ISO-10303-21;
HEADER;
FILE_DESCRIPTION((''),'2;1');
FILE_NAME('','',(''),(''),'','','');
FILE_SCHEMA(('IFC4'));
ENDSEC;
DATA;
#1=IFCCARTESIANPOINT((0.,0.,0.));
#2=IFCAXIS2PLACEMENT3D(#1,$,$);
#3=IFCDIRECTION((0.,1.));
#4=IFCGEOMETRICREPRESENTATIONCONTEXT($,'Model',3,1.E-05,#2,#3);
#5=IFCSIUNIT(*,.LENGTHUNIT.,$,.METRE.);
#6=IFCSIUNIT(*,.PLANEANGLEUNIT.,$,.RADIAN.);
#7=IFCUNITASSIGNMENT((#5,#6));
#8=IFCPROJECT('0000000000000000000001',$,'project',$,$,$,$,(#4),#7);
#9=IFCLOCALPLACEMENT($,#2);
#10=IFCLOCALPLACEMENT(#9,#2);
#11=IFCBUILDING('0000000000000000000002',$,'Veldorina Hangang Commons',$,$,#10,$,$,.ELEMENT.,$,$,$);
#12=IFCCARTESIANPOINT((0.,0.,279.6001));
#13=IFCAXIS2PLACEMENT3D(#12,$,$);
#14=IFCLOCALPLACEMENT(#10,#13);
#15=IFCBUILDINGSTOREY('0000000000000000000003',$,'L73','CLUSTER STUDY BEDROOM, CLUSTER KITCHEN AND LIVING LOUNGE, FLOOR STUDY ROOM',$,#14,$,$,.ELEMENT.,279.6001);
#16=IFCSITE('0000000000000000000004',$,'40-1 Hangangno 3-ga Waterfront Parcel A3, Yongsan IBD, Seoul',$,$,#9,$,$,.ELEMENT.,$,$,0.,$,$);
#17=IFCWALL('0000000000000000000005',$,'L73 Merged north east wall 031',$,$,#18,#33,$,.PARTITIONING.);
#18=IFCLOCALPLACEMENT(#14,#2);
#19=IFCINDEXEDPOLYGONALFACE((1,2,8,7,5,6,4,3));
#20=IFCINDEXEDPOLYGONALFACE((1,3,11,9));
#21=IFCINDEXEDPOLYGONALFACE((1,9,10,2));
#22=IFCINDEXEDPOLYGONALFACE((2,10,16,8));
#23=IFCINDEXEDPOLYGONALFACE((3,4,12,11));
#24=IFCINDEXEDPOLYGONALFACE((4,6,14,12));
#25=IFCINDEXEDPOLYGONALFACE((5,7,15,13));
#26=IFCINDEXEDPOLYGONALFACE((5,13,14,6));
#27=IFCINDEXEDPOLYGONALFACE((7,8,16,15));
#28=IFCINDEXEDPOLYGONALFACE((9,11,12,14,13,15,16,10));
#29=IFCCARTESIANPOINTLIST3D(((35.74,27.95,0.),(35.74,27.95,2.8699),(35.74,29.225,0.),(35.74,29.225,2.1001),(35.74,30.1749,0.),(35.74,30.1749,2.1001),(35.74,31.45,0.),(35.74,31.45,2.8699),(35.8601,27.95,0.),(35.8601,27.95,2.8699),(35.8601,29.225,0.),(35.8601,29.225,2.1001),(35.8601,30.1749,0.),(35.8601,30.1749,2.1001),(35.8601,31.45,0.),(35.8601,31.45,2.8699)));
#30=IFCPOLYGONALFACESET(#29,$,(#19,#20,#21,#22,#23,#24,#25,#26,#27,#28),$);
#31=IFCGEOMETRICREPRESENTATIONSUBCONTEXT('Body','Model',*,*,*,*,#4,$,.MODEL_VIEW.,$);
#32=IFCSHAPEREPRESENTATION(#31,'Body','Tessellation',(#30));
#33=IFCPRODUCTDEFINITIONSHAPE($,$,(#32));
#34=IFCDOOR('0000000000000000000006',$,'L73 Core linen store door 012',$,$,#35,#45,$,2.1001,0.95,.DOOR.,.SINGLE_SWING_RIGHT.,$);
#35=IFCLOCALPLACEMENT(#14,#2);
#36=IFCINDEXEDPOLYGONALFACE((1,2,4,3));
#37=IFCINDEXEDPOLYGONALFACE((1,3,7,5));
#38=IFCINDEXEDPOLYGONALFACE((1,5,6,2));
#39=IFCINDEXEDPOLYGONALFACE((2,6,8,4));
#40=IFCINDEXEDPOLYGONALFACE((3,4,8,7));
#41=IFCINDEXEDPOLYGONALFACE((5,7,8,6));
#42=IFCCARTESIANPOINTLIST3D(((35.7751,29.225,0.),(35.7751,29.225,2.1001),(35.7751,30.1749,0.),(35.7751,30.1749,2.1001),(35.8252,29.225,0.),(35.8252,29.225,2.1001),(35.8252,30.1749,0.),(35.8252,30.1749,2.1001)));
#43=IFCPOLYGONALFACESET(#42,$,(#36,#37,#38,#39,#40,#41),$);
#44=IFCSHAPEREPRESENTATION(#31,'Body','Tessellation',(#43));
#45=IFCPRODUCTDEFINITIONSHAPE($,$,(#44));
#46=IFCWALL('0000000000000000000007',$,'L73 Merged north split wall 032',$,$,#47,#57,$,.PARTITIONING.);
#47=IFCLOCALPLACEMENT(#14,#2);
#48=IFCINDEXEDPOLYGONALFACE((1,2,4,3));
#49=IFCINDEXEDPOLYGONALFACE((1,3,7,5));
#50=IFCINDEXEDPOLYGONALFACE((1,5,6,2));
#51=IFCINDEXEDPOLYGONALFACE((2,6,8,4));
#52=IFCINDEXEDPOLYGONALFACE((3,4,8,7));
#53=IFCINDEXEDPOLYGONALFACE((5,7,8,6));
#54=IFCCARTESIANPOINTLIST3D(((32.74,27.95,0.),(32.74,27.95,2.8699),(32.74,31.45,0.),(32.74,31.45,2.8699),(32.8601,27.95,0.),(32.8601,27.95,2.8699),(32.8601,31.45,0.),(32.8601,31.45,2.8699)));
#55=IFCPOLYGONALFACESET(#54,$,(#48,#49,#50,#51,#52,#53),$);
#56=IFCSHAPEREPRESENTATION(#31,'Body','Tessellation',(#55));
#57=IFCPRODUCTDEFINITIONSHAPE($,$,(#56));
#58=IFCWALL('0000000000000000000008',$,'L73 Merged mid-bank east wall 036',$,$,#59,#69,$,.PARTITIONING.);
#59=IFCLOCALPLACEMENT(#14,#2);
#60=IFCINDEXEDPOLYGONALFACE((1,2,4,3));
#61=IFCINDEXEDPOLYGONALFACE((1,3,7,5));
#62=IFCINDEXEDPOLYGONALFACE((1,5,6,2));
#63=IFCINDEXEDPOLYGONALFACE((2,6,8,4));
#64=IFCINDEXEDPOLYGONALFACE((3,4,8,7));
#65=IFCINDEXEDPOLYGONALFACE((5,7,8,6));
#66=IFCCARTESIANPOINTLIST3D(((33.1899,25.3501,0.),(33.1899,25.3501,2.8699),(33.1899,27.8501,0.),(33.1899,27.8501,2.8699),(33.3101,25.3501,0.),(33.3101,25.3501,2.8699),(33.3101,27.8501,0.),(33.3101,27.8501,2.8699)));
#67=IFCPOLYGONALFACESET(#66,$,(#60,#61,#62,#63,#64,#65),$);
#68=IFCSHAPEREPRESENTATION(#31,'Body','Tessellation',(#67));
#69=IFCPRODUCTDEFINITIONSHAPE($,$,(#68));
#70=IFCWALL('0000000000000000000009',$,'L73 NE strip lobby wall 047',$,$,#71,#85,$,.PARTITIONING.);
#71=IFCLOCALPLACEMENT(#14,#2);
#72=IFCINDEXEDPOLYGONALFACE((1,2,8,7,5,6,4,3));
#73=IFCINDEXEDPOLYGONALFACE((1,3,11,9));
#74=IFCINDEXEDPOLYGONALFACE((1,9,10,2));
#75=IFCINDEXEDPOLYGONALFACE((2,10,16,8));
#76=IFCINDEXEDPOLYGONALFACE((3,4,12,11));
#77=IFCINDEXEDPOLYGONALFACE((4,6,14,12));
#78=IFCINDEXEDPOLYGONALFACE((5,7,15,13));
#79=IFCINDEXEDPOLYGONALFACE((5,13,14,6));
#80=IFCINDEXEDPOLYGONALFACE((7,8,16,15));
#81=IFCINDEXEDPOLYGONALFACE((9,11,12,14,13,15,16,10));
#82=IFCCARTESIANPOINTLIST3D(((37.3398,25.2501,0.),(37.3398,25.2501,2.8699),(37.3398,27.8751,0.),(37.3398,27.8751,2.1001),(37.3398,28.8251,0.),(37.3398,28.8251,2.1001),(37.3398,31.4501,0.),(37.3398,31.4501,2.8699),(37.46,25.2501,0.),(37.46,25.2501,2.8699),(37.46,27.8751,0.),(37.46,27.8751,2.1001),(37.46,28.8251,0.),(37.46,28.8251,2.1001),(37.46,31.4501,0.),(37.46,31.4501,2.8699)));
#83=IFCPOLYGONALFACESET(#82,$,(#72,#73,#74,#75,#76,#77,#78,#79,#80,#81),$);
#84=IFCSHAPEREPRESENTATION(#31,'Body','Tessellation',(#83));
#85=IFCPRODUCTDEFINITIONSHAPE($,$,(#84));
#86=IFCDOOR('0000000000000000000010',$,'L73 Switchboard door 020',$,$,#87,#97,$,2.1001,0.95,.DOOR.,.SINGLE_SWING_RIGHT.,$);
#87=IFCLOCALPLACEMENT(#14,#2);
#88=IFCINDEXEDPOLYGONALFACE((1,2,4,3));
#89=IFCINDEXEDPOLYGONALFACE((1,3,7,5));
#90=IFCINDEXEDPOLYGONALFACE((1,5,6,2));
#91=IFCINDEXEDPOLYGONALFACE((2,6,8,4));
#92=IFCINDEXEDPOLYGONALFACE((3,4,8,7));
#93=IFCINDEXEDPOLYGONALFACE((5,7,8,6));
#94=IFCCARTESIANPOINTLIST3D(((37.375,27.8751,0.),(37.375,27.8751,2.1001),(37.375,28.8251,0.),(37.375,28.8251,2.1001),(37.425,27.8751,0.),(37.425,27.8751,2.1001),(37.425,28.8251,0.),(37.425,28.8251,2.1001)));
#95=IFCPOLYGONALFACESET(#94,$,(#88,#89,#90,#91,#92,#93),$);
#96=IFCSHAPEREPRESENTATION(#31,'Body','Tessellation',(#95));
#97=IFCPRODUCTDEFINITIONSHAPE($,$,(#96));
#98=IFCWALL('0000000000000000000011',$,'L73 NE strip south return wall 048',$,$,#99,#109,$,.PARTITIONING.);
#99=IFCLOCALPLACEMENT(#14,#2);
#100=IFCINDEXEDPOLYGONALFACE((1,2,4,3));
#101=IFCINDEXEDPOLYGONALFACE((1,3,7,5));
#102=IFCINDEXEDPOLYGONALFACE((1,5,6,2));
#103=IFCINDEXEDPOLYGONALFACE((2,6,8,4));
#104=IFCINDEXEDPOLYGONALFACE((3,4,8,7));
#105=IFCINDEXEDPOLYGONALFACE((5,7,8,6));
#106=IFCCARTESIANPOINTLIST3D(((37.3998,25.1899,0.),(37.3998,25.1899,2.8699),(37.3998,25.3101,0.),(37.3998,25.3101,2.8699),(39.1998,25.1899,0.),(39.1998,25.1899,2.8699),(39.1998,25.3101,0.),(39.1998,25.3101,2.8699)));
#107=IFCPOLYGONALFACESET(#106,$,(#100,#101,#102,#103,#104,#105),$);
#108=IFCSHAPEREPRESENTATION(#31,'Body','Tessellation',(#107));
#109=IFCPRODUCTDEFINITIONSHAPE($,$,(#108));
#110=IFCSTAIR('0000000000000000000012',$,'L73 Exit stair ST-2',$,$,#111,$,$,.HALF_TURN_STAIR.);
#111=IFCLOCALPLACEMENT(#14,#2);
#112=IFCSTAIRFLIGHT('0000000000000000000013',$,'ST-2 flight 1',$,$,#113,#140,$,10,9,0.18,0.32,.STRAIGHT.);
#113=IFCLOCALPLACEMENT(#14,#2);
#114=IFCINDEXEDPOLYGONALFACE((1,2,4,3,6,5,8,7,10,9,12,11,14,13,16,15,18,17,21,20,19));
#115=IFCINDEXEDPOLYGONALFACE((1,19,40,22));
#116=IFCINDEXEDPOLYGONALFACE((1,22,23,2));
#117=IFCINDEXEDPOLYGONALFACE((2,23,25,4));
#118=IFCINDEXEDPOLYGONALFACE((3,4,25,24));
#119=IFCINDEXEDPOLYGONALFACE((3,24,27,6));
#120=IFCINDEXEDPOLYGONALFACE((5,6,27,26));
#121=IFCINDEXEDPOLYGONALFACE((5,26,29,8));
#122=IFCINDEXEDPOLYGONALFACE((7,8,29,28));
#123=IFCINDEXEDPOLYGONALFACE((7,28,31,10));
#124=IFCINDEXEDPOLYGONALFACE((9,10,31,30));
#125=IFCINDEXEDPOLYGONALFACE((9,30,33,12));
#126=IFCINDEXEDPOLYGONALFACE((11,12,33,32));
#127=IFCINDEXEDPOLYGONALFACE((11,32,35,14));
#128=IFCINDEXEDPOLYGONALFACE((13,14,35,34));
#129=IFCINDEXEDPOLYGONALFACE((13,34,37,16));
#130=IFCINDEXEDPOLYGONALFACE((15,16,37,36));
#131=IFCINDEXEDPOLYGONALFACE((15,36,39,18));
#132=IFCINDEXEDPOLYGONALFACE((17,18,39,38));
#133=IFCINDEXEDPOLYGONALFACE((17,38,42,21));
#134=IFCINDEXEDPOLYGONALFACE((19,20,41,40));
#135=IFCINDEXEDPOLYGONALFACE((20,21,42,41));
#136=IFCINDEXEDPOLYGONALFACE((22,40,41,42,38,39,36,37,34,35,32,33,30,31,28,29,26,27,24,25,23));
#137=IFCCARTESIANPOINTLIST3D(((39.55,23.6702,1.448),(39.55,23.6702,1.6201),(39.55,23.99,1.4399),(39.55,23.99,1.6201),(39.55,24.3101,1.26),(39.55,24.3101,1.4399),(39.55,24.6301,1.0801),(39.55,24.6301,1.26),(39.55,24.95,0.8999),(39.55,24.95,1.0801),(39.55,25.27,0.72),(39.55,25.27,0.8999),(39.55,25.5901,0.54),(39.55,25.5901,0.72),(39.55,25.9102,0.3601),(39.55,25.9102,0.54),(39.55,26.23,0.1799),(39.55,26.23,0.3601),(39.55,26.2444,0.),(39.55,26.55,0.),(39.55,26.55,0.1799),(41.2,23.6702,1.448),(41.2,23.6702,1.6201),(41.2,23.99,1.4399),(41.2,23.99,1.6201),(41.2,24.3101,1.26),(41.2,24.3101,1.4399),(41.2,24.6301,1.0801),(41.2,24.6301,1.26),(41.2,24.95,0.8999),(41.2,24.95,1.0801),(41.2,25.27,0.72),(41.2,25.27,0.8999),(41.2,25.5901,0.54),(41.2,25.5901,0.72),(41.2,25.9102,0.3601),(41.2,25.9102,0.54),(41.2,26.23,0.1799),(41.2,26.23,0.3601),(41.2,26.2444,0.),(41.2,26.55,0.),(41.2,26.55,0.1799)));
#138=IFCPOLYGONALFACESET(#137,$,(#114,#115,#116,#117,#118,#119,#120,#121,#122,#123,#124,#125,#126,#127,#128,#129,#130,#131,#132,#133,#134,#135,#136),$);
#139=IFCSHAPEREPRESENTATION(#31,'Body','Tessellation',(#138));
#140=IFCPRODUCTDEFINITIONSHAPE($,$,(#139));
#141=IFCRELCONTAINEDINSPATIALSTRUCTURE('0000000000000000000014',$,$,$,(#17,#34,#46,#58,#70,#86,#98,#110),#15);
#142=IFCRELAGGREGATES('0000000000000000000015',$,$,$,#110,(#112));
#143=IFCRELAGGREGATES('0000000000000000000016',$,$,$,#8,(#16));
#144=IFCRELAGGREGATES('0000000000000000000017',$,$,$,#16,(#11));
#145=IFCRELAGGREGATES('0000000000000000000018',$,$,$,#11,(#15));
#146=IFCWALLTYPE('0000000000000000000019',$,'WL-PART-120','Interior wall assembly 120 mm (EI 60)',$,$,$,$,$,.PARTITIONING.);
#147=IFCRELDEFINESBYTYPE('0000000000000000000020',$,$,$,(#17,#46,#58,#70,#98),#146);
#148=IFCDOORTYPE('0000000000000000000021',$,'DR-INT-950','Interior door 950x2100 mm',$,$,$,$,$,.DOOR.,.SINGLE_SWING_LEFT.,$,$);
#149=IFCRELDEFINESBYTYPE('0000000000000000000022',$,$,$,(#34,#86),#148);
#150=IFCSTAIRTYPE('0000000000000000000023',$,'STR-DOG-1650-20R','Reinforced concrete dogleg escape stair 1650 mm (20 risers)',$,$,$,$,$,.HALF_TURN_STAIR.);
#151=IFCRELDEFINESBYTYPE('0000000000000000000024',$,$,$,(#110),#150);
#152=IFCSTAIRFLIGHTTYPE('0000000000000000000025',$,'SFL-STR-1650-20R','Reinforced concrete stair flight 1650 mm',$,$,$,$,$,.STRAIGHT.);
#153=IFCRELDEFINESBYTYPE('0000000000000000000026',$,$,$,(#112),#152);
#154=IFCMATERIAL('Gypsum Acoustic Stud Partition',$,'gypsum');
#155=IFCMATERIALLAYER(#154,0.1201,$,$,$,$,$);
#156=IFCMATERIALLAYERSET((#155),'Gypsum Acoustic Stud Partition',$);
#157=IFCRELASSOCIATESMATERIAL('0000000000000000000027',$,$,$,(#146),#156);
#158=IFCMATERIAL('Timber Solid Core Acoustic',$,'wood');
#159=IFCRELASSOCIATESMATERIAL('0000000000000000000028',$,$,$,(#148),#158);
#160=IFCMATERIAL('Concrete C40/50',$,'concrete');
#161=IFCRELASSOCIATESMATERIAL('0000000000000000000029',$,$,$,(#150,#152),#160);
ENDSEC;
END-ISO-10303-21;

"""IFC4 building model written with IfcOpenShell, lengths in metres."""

from ifc_helpers import new_model, si_unit, direction, frame, frame_2d, origin, place, context, subcontext, project, spatial, polyline, rectangle, outline, extrude, material, layer, layer_set, type_object, element, fill, aggregate, save


model = new_model("IFC4")

# Units and contexts
model_context = context("Model", 3, precision=1e-05, world=origin(), true_north=direction((0.0, 1.0)))
body_context = subcontext(model_context, "Body", "Model", "MODEL_VIEW")
ifc_project = project(units=[si_unit("LENGTHUNIT", "METRE"), si_unit("PLANEANGLEUNIT", "RADIAN")], contexts=[model_context])

# Site, building, storey
site_placement = place(None, origin())
site = spatial("IfcSite", under=ifc_project, at=site_placement, Name="40-1 Hangangno 3-ga Waterfront Parcel A3, Yongsan IBD, Seoul", CompositionType="ELEMENT", RefElevation=0.0)
building_placement = place(site_placement, origin())
building = spatial("IfcBuilding", under=site, at=building_placement, Name="Veldorina Hangang Commons", CompositionType="ELEMENT")
storey_placement = place(building_placement, frame((0.0, 0.0, 279.6001)))
storey = spatial("IfcBuildingStorey", under=building, at=storey_placement, Name="L73", Description="CLUSTER STUDY BEDROOM, CLUSTER KITCHEN AND LIVING LOUNGE, FLOOR STUDY ROOM", CompositionType="ELEMENT", Elevation=279.6001)

# Wall, opening, door
ifc_material_1 = material(Name="Gypsum Acoustic Stud Partition", Category="gypsum")
ifc_layer_1 = layer(ifc_material_1, 0.1201)
ifc_layer_set_1 = layer_set([ifc_layer_1], Name="Gypsum Acoustic Stud Partition")
wall_type_1 = type_object("IfcWallType", Name="WL-PART-120", Description="Interior wall assembly 120 mm (EI 60)", PredefinedType="PARTITIONING", material=ifc_layer_set_1)
wall_1_placement = place(storey_placement, frame((35.8, 27.95, 0.0), z_axis=(0.0, 0.0, 1.0), x_axis=(0.0, 1.0, 0.0)))
wall_1 = element("IfcWall", 1, at=wall_1_placement, inside=storey, type_object=wall_type_1, Name="L73 Merged north east wall 031", PredefinedType="PARTITIONING", context=body_context, shape_type="SweptSolid", body=[
    extrude(rectangle(XDim=3.5, YDim=0.1201, at=frame_2d((1.75, 0.0))), origin(), (0.0, 0.0, 1.0), 2.8699),
])
opening_1_placement = place(wall_1_placement, frame((1.2749, 0.0, 0.0)))
opening_1 = element("IfcOpeningElement", 2, at=opening_1_placement, cuts=wall_1, PredefinedType="OPENING", context=body_context, shape_type="SweptSolid", body=[
    extrude(rectangle(XDim=0.95, YDim=2.1001, at=frame_2d((0.4751, 1.05))), frame((0.0, 0.0701, 0.0), z_axis=(0.0, -1.0, 0.0), x_axis=(1.0, 0.0, 0.0)), (0.0, 0.0, 1.0), 0.1401),
])
ifc_material_2 = material(Name="Timber Solid Core Acoustic", Category="wood")
door_type_1 = type_object("IfcDoorType", Name="DR-INT-950", Description="Interior door 950x2100 mm", OperationType="SINGLE_SWING_LEFT", PredefinedType="DOOR", material=ifc_material_2)
door_1_placement = place(opening_1_placement, origin())
door_1 = element("IfcDoor", 3, at=door_1_placement, inside=storey, type_object=door_type_1, Name="L73 Core linen store door 012", OperationType="SINGLE_SWING_RIGHT", OverallHeight=2.1001, OverallWidth=0.95, PredefinedType="DOOR", context=body_context, shape_type="SweptSolid", body=[
    extrude(rectangle(XDim=0.95, YDim=2.1001, at=frame_2d((0.4751, 1.05))), frame((0.0, 0.0249, 0.0), z_axis=(0.0, -1.0, 0.0), x_axis=(1.0, 0.0, 0.0)), (0.0, 0.0, 1.0), 0.05),
])
fill(opening_1, door_1)

# Walls
wall_2_placement = place(storey_placement, frame((32.8, 27.95, 0.0), z_axis=(0.0, 0.0, 1.0), x_axis=(0.0, 1.0, 0.0)))
element("IfcWall", 4, at=wall_2_placement, inside=storey, type_object=wall_type_1, Name="L73 Merged north split wall 032", PredefinedType="PARTITIONING", context=body_context, shape_type="SweptSolid", body=[
    extrude(rectangle(XDim=3.5, YDim=0.1201, at=frame_2d((1.75, 0.0))), origin(), (0.0, 0.0, 1.0), 2.8699),
])
wall_3_placement = place(storey_placement, frame((33.25, 25.3501, 0.0), z_axis=(0.0, 0.0, 1.0), x_axis=(0.0, 1.0, 0.0)))
element("IfcWall", 5, at=wall_3_placement, inside=storey, type_object=wall_type_1, Name="L73 Merged mid-bank east wall 036", PredefinedType="PARTITIONING", context=body_context, shape_type="SweptSolid", body=[
    extrude(rectangle(XDim=2.5, YDim=0.1201, at=frame_2d((1.25, 0.0))), origin(), (0.0, 0.0, 1.0), 2.8699),
])

# Wall, opening, door
wall_4_placement = place(storey_placement, frame((37.3999, 25.25, 0.0), z_axis=(0.0, 0.0, 1.0), x_axis=(0.0, 1.0, 0.0)))
wall_4 = element("IfcWall", 6, at=wall_4_placement, inside=storey, type_object=wall_type_1, Name="L73 NE strip lobby wall 047", PredefinedType="PARTITIONING", context=body_context, shape_type="SweptSolid", body=[
    extrude(rectangle(XDim=6.2, YDim=0.1201, at=frame_2d((3.1001, 0.0))), origin(), (0.0, 0.0, 1.0), 2.8699),
])
opening_2_placement = place(wall_4_placement, frame((2.625, 0.0, 0.0)))
opening_2 = element("IfcOpeningElement", 7, at=opening_2_placement, cuts=wall_4, PredefinedType="OPENING", context=body_context, shape_type="SweptSolid", body=[
    extrude(rectangle(XDim=0.95, YDim=2.1001, at=frame_2d((0.4751, 1.05))), frame((0.0, 0.0701, 0.0), z_axis=(0.0, -1.0, 0.0), x_axis=(1.0, 0.0, 0.0)), (0.0, 0.0, 1.0), 0.1401),
])
door_2_placement = place(opening_2_placement, origin())
door_2 = element("IfcDoor", 8, at=door_2_placement, inside=storey, type_object=door_type_1, Name="L73 Switchboard door 020", OperationType="SINGLE_SWING_RIGHT", OverallHeight=2.1001, OverallWidth=0.95, PredefinedType="DOOR", context=body_context, shape_type="SweptSolid", body=[
    extrude(rectangle(XDim=0.95, YDim=2.1001, at=frame_2d((0.4751, 1.05))), frame((0.0, 0.0249, 0.0), z_axis=(0.0, -1.0, 0.0), x_axis=(1.0, 0.0, 0.0)), (0.0, 0.0, 1.0), 0.05),
])
fill(opening_2, door_2)

# Wall
wall_5_placement = place(storey_placement, frame((37.3999, 25.25, 0.0), z_axis=(0.0, 0.0, 1.0), x_axis=(1.0, 0.0, 0.0)))
element("IfcWall", 9, at=wall_5_placement, inside=storey, type_object=wall_type_1, Name="L73 NE strip south return wall 048", PredefinedType="PARTITIONING", context=body_context, shape_type="SweptSolid", body=[
    extrude(rectangle(XDim=1.8, YDim=0.1201, at=frame_2d((0.8999, 0.0))), origin(), (0.0, 0.0, 1.0), 2.8699),
])

# Stair, stair flight
ifc_material_3 = material(Name="Concrete C40/50", Category="concrete")
stair_type = type_object("IfcStairType", Name="STR-DOG-1650-20R", Description="Reinforced concrete dogleg escape stair 1650 mm (20 risers)", PredefinedType="HALF_TURN_STAIR", material=ifc_material_3)
stair_placement = place(storey_placement, origin())
stair = element("IfcStair", 10, at=stair_placement, inside=storey, type_object=stair_type, Name="L73 Exit stair ST-2", PredefinedType="HALF_TURN_STAIR")
stair_flight_type = type_object("IfcStairFlightType", Name="SFL-STR-1650-20R", Description="Reinforced concrete stair flight 1650 mm", PredefinedType="STRAIGHT", material=ifc_material_3)
stair_flight_placement = place(storey_placement, frame((40.375, 26.55, 0.0), z_axis=(0.0, 0.0, 1.0), x_axis=(0.0, -1.0, 0.0)))
stair_flight = element("IfcStairFlight", 11, at=stair_flight_placement, type_object=stair_flight_type, Name="ST-2 flight 1", NumberOfRisers=10, NumberOfTreads=9, PredefinedType="STRAIGHT", RiserHeight=0.18, TreadLength=0.32, context=body_context, shape_type="SweptSolid", body=[
    extrude(outline(polyline([(0.0, 0.0), (0.0, 0.1799), (0.3201, 0.1799), (0.3201, 0.3601), (0.6399, 0.3601), (0.6399, 0.54), (0.96, 0.54), (0.96, 0.72), (1.28, 0.72), (1.28, 0.8999), (1.6001, 0.8999), (1.6001, 1.0801), (1.9199, 1.0801), (1.9199, 1.26), (2.24, 1.26), (2.24, 1.4399), (2.5601, 1.4399), (2.5601, 1.6201), (2.8799, 1.6201), (2.8799, 1.8), (2.8799, 1.448), (0.3057, 0.0), (0.0, 0.0)])), frame((0.0, 0.825, 0.0), z_axis=(0.0, -1.0, 0.0), x_axis=(1.0, 0.0, 0.0)), (0.0, 0.0, 1.0), 1.6499),
])
aggregate(stair, [stair_flight])

save(model, "model.ifc")
